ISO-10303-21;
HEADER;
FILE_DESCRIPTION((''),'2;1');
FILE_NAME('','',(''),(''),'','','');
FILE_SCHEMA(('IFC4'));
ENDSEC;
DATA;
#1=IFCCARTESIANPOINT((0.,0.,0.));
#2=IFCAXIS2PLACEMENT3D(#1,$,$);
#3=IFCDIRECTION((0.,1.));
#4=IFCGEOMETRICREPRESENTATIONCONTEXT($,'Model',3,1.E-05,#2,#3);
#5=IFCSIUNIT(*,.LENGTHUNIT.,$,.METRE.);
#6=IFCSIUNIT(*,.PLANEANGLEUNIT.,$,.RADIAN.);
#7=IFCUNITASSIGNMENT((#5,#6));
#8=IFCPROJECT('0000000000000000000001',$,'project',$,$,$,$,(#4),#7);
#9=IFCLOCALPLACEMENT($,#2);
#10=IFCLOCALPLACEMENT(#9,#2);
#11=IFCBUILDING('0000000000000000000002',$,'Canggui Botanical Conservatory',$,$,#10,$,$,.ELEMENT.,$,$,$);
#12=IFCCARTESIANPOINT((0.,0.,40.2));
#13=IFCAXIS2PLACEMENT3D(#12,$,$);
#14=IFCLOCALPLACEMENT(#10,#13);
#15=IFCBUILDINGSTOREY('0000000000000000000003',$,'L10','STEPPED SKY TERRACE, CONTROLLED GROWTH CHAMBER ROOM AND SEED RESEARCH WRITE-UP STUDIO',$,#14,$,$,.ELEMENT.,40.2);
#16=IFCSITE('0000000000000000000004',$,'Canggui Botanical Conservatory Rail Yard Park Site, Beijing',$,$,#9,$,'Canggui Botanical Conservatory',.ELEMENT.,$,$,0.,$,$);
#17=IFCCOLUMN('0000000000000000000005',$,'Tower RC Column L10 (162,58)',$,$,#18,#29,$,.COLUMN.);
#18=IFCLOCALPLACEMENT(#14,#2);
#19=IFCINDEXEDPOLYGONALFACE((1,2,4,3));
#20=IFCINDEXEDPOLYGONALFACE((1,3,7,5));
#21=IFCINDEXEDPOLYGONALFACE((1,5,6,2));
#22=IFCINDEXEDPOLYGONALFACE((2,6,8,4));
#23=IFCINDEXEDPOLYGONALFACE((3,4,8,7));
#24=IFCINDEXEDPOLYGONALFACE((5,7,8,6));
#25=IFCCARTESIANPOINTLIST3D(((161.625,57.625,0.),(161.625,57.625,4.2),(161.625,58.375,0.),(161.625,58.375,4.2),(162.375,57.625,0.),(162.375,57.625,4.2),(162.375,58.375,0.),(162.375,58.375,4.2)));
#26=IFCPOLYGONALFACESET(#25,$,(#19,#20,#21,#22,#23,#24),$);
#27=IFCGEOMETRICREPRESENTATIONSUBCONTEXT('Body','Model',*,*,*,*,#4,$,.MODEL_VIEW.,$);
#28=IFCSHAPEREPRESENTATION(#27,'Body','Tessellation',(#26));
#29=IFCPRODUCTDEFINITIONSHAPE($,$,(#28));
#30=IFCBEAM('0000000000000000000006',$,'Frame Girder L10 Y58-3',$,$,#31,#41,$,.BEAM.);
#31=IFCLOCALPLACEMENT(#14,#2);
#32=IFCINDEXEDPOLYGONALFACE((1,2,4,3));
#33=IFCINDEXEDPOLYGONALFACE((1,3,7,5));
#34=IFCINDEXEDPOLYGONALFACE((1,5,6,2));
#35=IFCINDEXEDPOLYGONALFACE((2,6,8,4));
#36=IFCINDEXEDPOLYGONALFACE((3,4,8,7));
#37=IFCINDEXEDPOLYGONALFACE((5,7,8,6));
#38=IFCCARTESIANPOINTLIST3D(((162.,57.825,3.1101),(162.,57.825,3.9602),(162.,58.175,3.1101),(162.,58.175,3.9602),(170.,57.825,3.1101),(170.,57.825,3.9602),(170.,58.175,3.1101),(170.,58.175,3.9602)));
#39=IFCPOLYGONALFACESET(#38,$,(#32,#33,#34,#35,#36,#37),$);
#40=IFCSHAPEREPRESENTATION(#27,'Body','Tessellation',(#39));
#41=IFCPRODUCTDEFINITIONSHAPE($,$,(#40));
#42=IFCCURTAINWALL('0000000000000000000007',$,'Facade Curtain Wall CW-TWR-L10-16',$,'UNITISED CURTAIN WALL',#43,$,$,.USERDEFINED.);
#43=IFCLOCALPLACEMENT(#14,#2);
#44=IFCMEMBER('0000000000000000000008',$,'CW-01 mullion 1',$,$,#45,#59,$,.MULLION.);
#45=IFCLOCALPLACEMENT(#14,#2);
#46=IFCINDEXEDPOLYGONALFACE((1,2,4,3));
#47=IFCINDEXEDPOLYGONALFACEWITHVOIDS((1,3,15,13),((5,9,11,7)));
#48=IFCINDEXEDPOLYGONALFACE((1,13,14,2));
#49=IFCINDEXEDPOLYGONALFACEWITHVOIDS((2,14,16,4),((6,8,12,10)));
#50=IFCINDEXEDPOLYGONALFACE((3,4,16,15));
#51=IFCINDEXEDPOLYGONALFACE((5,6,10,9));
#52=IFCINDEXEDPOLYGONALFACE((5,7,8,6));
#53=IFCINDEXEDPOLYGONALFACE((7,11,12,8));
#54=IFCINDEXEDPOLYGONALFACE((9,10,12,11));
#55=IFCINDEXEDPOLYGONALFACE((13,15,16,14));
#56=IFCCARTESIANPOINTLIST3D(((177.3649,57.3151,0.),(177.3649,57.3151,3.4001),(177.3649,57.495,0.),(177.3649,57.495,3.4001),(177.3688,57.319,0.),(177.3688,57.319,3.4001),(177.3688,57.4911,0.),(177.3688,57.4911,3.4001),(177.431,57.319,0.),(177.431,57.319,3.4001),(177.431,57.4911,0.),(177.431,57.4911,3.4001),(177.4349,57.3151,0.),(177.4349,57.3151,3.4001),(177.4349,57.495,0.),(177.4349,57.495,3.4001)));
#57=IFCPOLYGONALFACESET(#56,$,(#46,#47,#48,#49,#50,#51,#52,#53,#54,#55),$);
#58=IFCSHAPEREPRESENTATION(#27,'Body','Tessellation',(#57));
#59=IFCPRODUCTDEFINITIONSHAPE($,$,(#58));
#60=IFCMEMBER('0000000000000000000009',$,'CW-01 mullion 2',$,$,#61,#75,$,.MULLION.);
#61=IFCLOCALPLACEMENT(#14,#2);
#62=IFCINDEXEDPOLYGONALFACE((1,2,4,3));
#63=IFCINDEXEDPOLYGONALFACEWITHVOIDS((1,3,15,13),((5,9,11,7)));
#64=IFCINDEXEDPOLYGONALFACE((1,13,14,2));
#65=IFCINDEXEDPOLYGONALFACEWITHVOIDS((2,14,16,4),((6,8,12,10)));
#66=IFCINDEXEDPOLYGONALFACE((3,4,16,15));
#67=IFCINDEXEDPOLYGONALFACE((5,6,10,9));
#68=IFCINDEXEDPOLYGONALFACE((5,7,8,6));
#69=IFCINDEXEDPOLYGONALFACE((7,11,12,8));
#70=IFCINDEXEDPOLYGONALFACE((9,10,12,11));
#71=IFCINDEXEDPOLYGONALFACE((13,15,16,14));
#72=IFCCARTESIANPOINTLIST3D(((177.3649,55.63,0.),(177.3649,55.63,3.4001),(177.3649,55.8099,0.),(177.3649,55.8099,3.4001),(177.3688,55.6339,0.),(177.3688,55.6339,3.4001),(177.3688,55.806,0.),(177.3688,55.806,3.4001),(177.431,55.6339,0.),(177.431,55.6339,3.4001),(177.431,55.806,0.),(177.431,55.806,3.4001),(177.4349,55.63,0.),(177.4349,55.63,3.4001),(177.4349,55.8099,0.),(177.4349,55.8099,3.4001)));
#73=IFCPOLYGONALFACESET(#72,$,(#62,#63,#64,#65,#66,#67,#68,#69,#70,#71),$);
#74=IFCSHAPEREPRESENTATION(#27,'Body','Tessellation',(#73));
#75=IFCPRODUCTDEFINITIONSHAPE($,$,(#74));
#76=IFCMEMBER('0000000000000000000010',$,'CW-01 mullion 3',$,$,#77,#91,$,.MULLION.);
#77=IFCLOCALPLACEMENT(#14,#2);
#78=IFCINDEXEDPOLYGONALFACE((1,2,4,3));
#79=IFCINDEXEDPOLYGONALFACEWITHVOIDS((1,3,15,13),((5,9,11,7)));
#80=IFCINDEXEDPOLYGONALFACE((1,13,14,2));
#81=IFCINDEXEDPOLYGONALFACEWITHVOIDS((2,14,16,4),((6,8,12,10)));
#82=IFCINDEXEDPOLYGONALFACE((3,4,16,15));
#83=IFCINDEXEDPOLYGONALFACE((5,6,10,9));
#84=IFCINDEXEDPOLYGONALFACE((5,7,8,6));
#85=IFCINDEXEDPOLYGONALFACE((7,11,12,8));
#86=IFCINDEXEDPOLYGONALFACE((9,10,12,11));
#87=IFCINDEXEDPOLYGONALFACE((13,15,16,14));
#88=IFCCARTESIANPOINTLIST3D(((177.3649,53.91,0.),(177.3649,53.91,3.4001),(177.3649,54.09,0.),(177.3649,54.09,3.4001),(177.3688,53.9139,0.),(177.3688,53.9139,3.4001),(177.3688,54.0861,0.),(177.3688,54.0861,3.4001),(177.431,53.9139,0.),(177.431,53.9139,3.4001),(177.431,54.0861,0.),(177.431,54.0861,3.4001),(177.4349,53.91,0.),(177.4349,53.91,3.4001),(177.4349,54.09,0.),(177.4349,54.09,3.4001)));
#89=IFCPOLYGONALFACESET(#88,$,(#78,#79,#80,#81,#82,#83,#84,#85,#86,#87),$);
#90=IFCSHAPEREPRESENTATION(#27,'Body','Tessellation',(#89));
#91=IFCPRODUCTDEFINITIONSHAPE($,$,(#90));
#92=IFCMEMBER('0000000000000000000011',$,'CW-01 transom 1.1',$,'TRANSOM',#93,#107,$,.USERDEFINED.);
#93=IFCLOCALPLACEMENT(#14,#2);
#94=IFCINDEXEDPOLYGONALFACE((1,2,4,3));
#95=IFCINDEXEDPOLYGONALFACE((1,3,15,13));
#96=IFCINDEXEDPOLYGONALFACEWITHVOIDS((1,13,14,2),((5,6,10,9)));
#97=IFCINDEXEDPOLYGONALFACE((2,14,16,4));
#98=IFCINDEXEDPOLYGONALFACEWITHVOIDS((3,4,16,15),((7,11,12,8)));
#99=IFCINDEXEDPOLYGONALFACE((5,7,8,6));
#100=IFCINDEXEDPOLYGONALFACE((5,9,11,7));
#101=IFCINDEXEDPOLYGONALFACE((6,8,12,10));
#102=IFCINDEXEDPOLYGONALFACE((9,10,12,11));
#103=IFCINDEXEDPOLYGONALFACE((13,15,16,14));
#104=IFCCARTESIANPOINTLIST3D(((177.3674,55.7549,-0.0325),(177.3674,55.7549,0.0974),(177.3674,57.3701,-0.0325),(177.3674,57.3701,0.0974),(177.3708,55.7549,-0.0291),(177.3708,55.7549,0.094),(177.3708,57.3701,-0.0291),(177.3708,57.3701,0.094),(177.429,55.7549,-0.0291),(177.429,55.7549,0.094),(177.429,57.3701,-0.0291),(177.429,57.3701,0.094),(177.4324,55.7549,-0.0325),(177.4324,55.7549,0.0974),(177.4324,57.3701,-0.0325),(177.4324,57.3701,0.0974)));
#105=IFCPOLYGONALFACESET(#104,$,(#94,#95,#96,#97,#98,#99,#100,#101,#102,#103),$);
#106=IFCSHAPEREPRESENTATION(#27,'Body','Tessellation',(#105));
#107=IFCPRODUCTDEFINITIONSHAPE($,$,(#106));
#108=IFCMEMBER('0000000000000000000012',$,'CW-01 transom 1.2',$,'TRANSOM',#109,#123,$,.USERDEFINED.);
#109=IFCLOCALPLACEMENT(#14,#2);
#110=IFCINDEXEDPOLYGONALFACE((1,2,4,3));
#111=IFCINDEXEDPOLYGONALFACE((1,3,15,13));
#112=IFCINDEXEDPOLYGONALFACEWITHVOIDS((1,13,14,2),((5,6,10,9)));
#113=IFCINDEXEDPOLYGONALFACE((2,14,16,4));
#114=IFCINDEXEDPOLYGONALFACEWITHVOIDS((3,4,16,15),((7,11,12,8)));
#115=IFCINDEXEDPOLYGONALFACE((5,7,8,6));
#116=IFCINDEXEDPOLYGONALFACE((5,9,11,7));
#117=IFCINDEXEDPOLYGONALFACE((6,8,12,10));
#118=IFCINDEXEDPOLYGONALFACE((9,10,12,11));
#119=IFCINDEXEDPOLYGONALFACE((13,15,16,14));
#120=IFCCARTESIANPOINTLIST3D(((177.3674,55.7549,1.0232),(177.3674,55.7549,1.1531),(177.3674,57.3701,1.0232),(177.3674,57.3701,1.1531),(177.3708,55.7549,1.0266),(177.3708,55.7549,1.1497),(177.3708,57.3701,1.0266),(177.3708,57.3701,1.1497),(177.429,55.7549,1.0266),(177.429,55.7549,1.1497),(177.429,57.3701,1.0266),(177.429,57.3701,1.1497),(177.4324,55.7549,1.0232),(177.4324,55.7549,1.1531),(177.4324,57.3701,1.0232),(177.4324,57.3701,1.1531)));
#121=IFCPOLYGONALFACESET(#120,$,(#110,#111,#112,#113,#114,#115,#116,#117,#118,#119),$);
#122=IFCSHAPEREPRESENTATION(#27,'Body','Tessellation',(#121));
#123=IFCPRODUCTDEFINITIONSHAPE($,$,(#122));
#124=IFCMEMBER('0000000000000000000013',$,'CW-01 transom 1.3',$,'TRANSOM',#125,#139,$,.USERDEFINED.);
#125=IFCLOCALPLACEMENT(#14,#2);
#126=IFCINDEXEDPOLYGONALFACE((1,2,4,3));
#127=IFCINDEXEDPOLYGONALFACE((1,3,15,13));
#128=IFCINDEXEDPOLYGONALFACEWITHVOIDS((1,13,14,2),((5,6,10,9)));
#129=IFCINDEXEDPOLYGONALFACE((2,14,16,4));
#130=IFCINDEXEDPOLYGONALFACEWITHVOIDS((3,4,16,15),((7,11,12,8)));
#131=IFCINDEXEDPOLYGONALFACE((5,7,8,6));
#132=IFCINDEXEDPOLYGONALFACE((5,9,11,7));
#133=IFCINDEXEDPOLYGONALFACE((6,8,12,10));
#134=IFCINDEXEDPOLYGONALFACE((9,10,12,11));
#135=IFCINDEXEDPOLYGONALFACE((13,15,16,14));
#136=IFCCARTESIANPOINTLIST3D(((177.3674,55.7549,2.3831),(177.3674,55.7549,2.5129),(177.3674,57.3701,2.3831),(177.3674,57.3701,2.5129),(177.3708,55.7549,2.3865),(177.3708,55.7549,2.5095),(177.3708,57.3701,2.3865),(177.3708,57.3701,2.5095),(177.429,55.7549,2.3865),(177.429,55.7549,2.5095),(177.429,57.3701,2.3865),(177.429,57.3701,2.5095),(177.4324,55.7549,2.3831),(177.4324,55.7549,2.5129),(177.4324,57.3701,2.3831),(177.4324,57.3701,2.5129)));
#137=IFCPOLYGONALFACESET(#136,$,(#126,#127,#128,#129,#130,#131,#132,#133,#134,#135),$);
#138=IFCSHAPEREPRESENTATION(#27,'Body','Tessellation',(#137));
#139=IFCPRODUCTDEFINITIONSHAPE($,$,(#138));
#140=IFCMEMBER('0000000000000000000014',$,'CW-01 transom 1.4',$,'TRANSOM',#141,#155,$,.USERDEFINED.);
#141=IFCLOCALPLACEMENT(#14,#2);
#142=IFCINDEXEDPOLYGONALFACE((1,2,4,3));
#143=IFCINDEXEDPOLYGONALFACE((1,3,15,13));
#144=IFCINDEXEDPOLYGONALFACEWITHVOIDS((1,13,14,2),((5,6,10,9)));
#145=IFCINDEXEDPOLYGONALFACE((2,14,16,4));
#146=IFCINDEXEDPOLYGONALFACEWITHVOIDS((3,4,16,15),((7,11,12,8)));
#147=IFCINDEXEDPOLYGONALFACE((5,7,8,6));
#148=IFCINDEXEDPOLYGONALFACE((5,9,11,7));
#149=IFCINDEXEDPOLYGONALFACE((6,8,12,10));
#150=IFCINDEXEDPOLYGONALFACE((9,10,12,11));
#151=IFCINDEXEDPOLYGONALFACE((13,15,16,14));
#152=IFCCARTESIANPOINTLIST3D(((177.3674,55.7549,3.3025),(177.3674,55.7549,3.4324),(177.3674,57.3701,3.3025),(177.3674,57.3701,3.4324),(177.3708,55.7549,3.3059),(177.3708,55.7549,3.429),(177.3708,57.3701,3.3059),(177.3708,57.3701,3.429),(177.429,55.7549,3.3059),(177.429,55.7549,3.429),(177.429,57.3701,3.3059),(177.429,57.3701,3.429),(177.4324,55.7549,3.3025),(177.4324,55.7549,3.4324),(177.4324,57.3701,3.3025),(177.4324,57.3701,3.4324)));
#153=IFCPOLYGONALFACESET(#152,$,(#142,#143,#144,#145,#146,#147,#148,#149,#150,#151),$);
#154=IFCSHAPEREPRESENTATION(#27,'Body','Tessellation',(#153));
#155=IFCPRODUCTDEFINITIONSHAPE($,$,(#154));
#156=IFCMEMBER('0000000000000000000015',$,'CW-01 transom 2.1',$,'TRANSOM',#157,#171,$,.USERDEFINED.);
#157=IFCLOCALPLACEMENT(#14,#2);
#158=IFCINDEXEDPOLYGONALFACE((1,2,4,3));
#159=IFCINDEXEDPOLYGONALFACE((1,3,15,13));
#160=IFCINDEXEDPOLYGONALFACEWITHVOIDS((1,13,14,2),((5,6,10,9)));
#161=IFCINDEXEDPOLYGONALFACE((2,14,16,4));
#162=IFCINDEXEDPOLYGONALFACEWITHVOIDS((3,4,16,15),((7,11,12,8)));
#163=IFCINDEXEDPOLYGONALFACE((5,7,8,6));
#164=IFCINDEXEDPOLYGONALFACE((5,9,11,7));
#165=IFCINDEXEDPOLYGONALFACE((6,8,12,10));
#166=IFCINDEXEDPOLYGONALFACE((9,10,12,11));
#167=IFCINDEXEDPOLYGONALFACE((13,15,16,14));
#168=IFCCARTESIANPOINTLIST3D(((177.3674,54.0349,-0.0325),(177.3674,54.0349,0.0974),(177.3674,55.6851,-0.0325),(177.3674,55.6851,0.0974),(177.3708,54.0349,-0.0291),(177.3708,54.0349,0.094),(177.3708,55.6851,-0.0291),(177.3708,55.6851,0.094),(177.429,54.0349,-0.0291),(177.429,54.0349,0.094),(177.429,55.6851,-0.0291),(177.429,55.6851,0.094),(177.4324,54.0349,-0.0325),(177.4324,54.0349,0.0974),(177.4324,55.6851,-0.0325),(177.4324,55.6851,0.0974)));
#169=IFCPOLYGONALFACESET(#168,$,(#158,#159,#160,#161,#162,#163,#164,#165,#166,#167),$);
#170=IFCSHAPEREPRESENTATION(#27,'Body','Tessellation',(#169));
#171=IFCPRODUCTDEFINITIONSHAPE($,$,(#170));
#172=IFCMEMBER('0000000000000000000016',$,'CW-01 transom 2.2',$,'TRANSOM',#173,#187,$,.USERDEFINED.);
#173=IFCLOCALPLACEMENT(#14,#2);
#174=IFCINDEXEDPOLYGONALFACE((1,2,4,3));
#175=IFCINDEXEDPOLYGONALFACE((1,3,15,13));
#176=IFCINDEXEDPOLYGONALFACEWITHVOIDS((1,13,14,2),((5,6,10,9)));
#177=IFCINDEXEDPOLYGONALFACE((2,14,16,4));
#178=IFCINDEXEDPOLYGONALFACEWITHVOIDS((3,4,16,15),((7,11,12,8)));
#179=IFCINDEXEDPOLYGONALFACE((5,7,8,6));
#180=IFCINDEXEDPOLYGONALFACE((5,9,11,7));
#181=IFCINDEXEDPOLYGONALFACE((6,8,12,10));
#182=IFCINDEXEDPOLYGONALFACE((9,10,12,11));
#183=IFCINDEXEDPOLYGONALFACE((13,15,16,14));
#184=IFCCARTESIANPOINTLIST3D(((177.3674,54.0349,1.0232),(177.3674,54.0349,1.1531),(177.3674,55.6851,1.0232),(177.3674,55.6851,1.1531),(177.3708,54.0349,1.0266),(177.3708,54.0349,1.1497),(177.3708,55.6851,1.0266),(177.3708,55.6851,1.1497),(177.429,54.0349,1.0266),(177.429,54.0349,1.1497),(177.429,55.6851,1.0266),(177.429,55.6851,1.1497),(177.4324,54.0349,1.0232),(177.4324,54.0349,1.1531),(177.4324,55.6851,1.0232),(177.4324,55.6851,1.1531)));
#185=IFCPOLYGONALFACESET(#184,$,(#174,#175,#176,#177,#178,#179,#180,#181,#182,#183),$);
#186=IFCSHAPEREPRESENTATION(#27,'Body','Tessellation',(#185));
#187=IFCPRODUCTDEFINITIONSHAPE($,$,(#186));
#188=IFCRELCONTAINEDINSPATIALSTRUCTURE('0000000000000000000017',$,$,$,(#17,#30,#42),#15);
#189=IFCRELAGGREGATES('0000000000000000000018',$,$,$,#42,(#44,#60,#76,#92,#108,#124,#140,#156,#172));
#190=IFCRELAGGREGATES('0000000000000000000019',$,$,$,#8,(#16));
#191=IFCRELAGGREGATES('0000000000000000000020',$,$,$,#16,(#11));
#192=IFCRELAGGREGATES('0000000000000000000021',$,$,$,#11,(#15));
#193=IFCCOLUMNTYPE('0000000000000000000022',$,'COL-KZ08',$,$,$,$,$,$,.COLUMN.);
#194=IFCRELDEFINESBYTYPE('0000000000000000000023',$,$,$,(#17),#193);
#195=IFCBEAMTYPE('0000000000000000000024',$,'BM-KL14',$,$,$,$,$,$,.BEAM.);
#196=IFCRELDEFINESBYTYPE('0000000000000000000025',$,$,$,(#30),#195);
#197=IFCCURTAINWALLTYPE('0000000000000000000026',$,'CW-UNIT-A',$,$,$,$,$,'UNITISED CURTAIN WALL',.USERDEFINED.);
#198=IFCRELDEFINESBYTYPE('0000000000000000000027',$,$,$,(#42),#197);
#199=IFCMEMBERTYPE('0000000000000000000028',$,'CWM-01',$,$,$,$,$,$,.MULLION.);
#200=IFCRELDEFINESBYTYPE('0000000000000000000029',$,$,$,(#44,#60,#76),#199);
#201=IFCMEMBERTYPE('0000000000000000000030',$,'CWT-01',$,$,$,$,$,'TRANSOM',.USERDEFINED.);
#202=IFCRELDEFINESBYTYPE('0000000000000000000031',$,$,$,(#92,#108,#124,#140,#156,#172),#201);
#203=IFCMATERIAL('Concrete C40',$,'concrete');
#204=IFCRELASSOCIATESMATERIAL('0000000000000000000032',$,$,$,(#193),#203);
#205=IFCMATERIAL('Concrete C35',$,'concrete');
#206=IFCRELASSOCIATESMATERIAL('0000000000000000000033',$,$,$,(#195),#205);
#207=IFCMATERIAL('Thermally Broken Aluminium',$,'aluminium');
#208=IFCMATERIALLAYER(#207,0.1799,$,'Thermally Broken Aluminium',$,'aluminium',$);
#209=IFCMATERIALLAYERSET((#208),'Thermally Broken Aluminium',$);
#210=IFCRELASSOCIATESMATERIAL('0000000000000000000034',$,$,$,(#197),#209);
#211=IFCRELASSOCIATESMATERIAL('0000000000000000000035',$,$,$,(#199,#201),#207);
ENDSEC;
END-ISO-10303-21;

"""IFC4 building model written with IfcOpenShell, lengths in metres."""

from ifc_helpers import new_model, si_unit, direction, frame, origin, origin_2d, place, context, subcontext, project, spatial, rectangle, hollow_rectangle, extrude, material, layer, layer_set, material_profile, profile_set, type_object, element, aggregate, save


model = new_model("IFC4")

# Units and contexts
model_context = context("Model", 3, precision=1e-05, world=origin(), true_north=direction((0.0, 1.0)))
body_context = subcontext(model_context, "Body", "Model", "MODEL_VIEW")
ifc_project = project(units=[si_unit("LENGTHUNIT", "METRE"), si_unit("PLANEANGLEUNIT", "RADIAN")], contexts=[model_context])

# Site, building, storey
site_placement = place(None, origin())
site = spatial("IfcSite", under=ifc_project, at=site_placement, Name="Canggui Botanical Conservatory Rail Yard Park Site, Beijing", LongName="Canggui Botanical Conservatory", CompositionType="ELEMENT", RefElevation=0.0)
building_placement = place(site_placement, origin())
building = spatial("IfcBuilding", under=site, at=building_placement, Name="Canggui Botanical Conservatory", CompositionType="ELEMENT")
storey_placement = place(building_placement, frame((0.0, 0.0, 40.2)))
storey = spatial("IfcBuildingStorey", under=building, at=storey_placement, Name="L10", Description="STEPPED SKY TERRACE, CONTROLLED GROWTH CHAMBER ROOM AND SEED RESEARCH WRITE-UP STUDIO", CompositionType="ELEMENT", Elevation=40.2)

# Column
ifc_material_1 = material(Name="Concrete C40", Category="concrete")
ifc_material_profile_1 = material_profile(ifc_material_1, rectangle(XDim=0.75, YDim=0.75, at=origin_2d()), Name="RC 750x750")
ifc_profile_set_1 = profile_set([ifc_material_profile_1], Name="Concrete C40")
column_type = type_object("IfcColumnType", Name="COL-KZ08", PredefinedType="COLUMN", material=ifc_profile_set_1)
column_placement = place(storey_placement, frame((162.0, 58.0, 0.0), z_axis=(0.0, 0.0, 1.0), x_axis=(1.0, 0.0, 0.0)))
element("IfcColumn", 1, at=column_placement, inside=storey, type_object=column_type, Name="Tower RC Column L10 (162,58)", PredefinedType="COLUMN", context=body_context, shape_type="SweptSolid", body=[
    extrude(rectangle(XDim=0.75, YDim=0.75, at=origin_2d()), origin(), (0.0, 0.0, 1.0), 4.2),
])

# Beam
ifc_material_2 = material(Name="Concrete C35", Category="concrete")
ifc_material_profile_2 = material_profile(ifc_material_2, rectangle(XDim=0.3501, YDim=0.8501, at=origin_2d()), Name="RB 350x850")
ifc_profile_set_2 = profile_set([ifc_material_profile_2], Name="Concrete C35")
beam_type = type_object("IfcBeamType", Name="BM-KL14", PredefinedType="BEAM", material=ifc_profile_set_2)
beam_placement = place(storey_placement, frame((162.0, 58.0, 3.5352), z_axis=(1.0, 0.0, 0.0), x_axis=(0.0, 1.0, 0.0)))
element("IfcBeam", 2, at=beam_placement, inside=storey, type_object=beam_type, Name="Frame Girder L10 Y58-3", PredefinedType="BEAM", context=body_context, shape_type="SweptSolid", body=[
    extrude(rectangle(XDim=0.3501, YDim=0.8501, at=origin_2d()), origin(), (0.0, 0.0, 1.0), 8.0),
])

# Curtain wall, members
ifc_material_3 = material(Name="Thermally Broken Aluminium", Category="aluminium")
ifc_layer_1 = layer(ifc_material_3, 0.1799, Name="Thermally Broken Aluminium", Category="aluminium")
ifc_layer_set_1 = layer_set([ifc_layer_1], Name="Thermally Broken Aluminium")
curtain_wall_type = type_object("IfcCurtainWallType", Name="CW-UNIT-A", ElementType="UNITISED CURTAIN WALL", PredefinedType="USERDEFINED", material=ifc_layer_set_1)
curtain_wall_placement = place(storey_placement, origin())
curtain_wall = element("IfcCurtainWall", 3, at=curtain_wall_placement, inside=storey, type_object=curtain_wall_type, Name="Facade Curtain Wall CW-TWR-L10-16", ObjectType="UNITISED CURTAIN WALL", PredefinedType="USERDEFINED")
ifc_material_profile_3 = material_profile(ifc_material_3, hollow_rectangle(XDim=0.0701, YDim=0.1799, WallThickness=0.0039, at=origin_2d()), Name="CWM 70x180x4")
ifc_profile_set_3 = profile_set([ifc_material_profile_3], Name="Thermally Broken Aluminium")
member_type_1 = type_object("IfcMemberType", Name="CWM-01", PredefinedType="MULLION", material=ifc_profile_set_3)
member_1_placement = place(storey_placement, frame((177.3999, 57.405, 0.0), z_axis=(0.0, 0.0, 1.0), x_axis=(1.0, 0.0, 0.0)))
member_1 = element("IfcMember", 4, at=member_1_placement, type_object=member_type_1, Name="CW-01 mullion 1", PredefinedType="MULLION", context=body_context, shape_type="SweptSolid", body=[
    extrude(hollow_rectangle(XDim=0.0701, YDim=0.1799, WallThickness=0.0039, at=origin_2d()), origin(), (0.0, 0.0, 1.0), 3.4001),
])
member_2_placement = place(storey_placement, frame((177.3999, 55.72, 0.0), z_axis=(0.0, 0.0, 1.0), x_axis=(1.0, 0.0, 0.0)))
member_2 = element("IfcMember", 5, at=member_2_placement, type_object=member_type_1, Name="CW-01 mullion 2", PredefinedType="MULLION", context=body_context, shape_type="SweptSolid", body=[
    extrude(hollow_rectangle(XDim=0.0701, YDim=0.1799, WallThickness=0.0039, at=origin_2d()), origin(), (0.0, 0.0, 1.0), 3.4001),
])
member_3_placement = place(storey_placement, frame((177.3999, 54.0, 0.0), z_axis=(0.0, 0.0, 1.0), x_axis=(1.0, 0.0, 0.0)))
member_3 = element("IfcMember", 6, at=member_3_placement, type_object=member_type_1, Name="CW-01 mullion 3", PredefinedType="MULLION", context=body_context, shape_type="SweptSolid", body=[
    extrude(hollow_rectangle(XDim=0.0701, YDim=0.1799, WallThickness=0.0039, at=origin_2d()), origin(), (0.0, 0.0, 1.0), 3.4001),
])
ifc_material_profile_4 = material_profile(ifc_material_3, hollow_rectangle(XDim=0.0649, YDim=0.1299, WallThickness=0.0034, at=origin_2d()), Name="CWT 65x130x3.5")
ifc_profile_set_4 = profile_set([ifc_material_profile_4], Name="Thermally Broken Aluminium")
member_type_2 = type_object("IfcMemberType", Name="CWT-01", ElementType="TRANSOM", PredefinedType="USERDEFINED", material=ifc_profile_set_4)
member_4_placement = place(storey_placement, frame((177.3999, 57.3701, 0.0325), z_axis=(0.0, -1.0, 0.0), x_axis=(1.0, 0.0, 0.0)))
member_4 = element("IfcMember", 7, at=member_4_placement, type_object=member_type_2, Name="CW-01 transom 1.1", ObjectType="TRANSOM", PredefinedType="USERDEFINED", context=body_context, shape_type="SweptSolid", body=[
    extrude(hollow_rectangle(XDim=0.0649, YDim=0.1299, WallThickness=0.0034, at=origin_2d()), origin(), (0.0, 0.0, 1.0), 1.6152),
])
member_5_placement = place(storey_placement, frame((177.3999, 57.3701, 1.0881), z_axis=(0.0, -1.0, 0.0), x_axis=(1.0, 0.0, 0.0)))
member_5 = element("IfcMember", 8, at=member_5_placement, type_object=member_type_2, Name="CW-01 transom 1.2", ObjectType="TRANSOM", PredefinedType="USERDEFINED", context=body_context, shape_type="SweptSolid", body=[
    extrude(hollow_rectangle(XDim=0.0649, YDim=0.1299, WallThickness=0.0034, at=origin_2d()), origin(), (0.0, 0.0, 1.0), 1.6152),
])
member_6_placement = place(storey_placement, frame((177.3999, 57.3701, 2.448), z_axis=(0.0, -1.0, 0.0), x_axis=(1.0, 0.0, 0.0)))
member_6 = element("IfcMember", 9, at=member_6_placement, type_object=member_type_2, Name="CW-01 transom 1.3", ObjectType="TRANSOM", PredefinedType="USERDEFINED", context=body_context, shape_type="SweptSolid", body=[
    extrude(hollow_rectangle(XDim=0.0649, YDim=0.1299, WallThickness=0.0034, at=origin_2d()), origin(), (0.0, 0.0, 1.0), 1.6152),
])
member_7_placement = place(storey_placement, frame((177.3999, 57.3701, 3.3674), z_axis=(0.0, -1.0, 0.0), x_axis=(1.0, 0.0, 0.0)))
member_7 = element("IfcMember", 10, at=member_7_placement, type_object=member_type_2, Name="CW-01 transom 1.4", ObjectType="TRANSOM", PredefinedType="USERDEFINED", context=body_context, shape_type="SweptSolid", body=[
    extrude(hollow_rectangle(XDim=0.0649, YDim=0.1299, WallThickness=0.0034, at=origin_2d()), origin(), (0.0, 0.0, 1.0), 1.6152),
])
member_8_placement = place(storey_placement, frame((177.3999, 55.6851, 0.0325), z_axis=(0.0, -1.0, 0.0), x_axis=(1.0, 0.0, 0.0)))
member_8 = element("IfcMember", 11, at=member_8_placement, type_object=member_type_2, Name="CW-01 transom 2.1", ObjectType="TRANSOM", PredefinedType="USERDEFINED", context=body_context, shape_type="SweptSolid", body=[
    extrude(hollow_rectangle(XDim=0.0649, YDim=0.1299, WallThickness=0.0034, at=origin_2d()), origin(), (0.0, 0.0, 1.0), 1.6501),
])
member_9_placement = place(storey_placement, frame((177.3999, 55.6851, 1.0881), z_axis=(0.0, -1.0, 0.0), x_axis=(1.0, 0.0, 0.0)))
member_9 = element("IfcMember", 12, at=member_9_placement, type_object=member_type_2, Name="CW-01 transom 2.2", ObjectType="TRANSOM", PredefinedType="USERDEFINED", context=body_context, shape_type="SweptSolid", body=[
    extrude(hollow_rectangle(XDim=0.0649, YDim=0.1299, WallThickness=0.0034, at=origin_2d()), origin(), (0.0, 0.0, 1.0), 1.6501),
])
aggregate(curtain_wall, [member_1, member_2, member_3, member_4, member_5, member_6, member_7, member_8, member_9])

save(model, "model.ifc")
